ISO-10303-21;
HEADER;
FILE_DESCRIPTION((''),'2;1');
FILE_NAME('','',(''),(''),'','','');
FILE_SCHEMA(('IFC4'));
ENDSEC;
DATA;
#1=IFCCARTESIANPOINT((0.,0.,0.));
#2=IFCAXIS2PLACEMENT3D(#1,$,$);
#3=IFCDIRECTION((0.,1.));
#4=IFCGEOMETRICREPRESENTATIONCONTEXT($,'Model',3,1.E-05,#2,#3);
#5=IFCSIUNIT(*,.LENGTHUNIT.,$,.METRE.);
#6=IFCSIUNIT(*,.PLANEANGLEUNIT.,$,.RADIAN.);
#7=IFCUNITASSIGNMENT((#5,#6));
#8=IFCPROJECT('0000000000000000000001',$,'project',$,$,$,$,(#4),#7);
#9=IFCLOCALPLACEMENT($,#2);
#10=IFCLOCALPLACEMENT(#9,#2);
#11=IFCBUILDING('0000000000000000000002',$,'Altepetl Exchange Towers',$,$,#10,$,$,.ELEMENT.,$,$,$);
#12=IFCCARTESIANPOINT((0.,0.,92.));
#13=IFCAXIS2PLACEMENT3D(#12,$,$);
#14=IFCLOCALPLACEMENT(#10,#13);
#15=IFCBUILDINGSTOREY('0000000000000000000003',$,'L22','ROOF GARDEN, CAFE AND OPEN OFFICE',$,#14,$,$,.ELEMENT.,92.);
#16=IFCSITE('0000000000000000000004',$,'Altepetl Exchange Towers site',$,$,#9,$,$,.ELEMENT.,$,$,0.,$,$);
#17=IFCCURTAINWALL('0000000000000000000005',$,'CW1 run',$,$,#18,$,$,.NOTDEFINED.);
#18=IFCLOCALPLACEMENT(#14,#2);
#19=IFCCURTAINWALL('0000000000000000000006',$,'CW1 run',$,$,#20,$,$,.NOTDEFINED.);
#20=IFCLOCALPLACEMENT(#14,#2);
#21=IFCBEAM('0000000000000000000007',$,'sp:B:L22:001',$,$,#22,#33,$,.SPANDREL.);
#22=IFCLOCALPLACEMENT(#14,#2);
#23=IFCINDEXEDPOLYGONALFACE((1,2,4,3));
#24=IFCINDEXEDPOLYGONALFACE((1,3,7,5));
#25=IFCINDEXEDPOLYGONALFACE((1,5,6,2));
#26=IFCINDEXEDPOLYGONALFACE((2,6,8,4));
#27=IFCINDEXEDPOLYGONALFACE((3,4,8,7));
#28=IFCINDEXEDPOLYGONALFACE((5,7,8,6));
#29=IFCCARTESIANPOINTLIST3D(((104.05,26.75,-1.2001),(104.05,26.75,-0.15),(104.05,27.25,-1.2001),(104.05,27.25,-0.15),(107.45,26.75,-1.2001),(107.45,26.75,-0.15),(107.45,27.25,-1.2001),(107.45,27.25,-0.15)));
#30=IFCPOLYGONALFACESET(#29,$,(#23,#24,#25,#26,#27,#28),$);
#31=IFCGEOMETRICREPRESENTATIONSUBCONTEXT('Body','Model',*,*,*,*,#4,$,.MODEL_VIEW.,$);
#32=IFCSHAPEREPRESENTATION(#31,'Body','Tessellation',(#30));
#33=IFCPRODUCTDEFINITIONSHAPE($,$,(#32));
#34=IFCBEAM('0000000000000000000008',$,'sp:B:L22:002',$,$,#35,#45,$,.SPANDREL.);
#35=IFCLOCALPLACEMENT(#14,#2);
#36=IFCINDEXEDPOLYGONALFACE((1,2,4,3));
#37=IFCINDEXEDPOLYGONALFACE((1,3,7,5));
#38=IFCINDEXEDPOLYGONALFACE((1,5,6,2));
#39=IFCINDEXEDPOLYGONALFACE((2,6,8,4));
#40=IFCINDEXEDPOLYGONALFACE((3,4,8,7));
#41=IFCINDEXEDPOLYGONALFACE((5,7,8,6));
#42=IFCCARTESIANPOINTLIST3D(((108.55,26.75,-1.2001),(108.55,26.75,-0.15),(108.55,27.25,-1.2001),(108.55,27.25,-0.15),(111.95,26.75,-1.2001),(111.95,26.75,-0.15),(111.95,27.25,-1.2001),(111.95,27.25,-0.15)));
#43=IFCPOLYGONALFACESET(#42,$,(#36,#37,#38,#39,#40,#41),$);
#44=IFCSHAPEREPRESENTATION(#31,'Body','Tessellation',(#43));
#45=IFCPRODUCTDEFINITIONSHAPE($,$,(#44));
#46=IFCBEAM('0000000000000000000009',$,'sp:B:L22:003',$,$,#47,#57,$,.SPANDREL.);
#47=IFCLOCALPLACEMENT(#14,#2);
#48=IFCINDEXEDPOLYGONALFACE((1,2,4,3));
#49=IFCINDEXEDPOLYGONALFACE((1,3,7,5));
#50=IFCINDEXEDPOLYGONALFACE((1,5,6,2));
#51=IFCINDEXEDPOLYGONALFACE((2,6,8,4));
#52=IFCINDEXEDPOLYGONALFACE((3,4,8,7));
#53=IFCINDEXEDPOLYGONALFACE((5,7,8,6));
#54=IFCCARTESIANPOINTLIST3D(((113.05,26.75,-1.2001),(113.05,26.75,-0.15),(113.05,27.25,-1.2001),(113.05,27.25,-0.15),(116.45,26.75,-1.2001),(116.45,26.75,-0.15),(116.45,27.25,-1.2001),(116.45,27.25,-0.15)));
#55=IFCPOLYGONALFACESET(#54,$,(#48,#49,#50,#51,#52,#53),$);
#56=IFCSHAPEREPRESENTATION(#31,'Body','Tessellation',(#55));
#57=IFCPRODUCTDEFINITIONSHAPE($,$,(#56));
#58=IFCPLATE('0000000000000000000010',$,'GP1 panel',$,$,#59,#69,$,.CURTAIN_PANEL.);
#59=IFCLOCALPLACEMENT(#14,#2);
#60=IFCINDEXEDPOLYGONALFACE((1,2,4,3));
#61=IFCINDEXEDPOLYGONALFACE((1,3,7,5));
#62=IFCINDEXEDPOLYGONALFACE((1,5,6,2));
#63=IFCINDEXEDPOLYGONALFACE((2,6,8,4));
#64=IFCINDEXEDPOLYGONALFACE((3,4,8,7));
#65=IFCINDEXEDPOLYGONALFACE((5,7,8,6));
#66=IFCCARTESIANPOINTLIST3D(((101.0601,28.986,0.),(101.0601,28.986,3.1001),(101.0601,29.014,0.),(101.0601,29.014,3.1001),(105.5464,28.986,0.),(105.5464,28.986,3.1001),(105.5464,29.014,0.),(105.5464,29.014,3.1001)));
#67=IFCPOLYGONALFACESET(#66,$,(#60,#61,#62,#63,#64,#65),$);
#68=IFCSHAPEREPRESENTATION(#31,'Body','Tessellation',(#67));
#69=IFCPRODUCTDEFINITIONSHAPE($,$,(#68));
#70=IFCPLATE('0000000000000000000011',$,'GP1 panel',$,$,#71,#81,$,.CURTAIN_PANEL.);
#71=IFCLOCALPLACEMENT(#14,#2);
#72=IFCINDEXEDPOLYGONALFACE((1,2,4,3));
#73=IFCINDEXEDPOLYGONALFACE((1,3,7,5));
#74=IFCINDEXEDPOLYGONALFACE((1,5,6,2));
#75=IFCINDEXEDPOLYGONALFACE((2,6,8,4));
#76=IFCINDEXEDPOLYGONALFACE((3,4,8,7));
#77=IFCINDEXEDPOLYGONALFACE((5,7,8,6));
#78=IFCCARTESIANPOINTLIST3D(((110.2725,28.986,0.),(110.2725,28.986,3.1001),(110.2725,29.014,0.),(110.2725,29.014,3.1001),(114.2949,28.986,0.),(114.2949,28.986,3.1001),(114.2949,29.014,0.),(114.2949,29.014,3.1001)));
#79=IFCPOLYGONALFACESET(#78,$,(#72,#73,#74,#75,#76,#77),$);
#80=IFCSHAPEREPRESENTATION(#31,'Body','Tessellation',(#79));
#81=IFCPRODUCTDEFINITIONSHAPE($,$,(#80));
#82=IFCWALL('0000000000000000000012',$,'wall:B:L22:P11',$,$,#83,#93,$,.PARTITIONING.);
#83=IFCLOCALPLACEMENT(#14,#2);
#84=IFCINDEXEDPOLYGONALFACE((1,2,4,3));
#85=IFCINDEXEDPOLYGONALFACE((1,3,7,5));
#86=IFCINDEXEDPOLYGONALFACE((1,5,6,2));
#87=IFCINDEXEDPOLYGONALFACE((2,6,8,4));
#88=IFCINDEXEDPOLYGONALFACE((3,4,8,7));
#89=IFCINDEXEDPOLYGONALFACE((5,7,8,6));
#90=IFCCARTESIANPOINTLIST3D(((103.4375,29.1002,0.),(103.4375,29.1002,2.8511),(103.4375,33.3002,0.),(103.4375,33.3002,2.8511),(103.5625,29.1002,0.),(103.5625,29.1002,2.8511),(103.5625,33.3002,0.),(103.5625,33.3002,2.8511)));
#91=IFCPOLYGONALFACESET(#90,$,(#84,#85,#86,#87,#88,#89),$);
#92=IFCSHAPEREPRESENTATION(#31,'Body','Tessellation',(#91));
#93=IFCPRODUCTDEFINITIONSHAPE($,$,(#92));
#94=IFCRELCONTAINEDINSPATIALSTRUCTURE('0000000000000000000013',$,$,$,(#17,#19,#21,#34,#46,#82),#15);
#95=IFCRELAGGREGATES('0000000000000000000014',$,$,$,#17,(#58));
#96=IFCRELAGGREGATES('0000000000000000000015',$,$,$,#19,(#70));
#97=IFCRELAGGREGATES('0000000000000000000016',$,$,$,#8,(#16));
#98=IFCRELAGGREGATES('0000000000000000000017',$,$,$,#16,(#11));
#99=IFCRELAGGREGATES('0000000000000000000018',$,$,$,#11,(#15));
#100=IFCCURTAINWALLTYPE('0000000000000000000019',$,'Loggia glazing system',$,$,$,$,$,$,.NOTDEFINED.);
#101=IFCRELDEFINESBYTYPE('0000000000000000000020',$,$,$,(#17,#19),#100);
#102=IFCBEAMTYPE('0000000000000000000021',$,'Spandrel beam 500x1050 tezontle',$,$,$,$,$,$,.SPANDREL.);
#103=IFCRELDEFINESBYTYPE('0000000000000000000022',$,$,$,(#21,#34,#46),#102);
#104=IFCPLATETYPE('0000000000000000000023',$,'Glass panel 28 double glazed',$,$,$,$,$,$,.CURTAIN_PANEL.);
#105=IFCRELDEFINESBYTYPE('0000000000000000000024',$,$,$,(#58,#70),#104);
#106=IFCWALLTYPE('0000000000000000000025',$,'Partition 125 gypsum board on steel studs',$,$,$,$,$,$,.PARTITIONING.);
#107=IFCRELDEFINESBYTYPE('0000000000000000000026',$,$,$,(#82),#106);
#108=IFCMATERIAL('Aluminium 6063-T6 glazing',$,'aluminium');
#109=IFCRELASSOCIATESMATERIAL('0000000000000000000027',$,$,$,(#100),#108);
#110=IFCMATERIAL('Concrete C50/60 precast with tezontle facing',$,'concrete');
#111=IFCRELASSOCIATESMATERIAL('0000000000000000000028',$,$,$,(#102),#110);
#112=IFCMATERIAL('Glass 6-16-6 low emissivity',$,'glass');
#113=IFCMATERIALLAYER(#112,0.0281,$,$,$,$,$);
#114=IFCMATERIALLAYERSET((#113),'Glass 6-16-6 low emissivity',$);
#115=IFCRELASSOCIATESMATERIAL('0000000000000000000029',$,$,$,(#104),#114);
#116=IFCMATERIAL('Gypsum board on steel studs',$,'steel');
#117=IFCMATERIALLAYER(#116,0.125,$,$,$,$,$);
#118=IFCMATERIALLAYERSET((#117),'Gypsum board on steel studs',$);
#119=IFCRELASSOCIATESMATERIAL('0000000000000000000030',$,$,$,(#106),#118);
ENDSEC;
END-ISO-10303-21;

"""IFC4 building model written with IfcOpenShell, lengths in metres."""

from ifc_helpers import new_model, si_unit, direction, frame, frame_2d, origin, origin_2d, place, context, subcontext, project, spatial, rectangle, extrude, material, layer, layer_set, material_profile, profile_set, type_object, element, aggregate, save


model = new_model("IFC4")

# Units and contexts
model_context = context("Model", 3, precision=1e-05, world=origin(), true_north=direction((0.0, 1.0)))
body_context = subcontext(model_context, "Body", "Model", "MODEL_VIEW")
ifc_project = project(units=[si_unit("LENGTHUNIT", "METRE"), si_unit("PLANEANGLEUNIT", "RADIAN")], contexts=[model_context])

# Site, building, storey
site_placement = place(None, origin())
site = spatial("IfcSite", under=ifc_project, at=site_placement, Name="Altepetl Exchange Towers site", CompositionType="ELEMENT", RefElevation=0.0)
building_placement = place(site_placement, origin())
building = spatial("IfcBuilding", under=site, at=building_placement, Name="Altepetl Exchange Towers", CompositionType="ELEMENT")
storey_placement = place(building_placement, frame((0.0, 0.0, 92.0)))
storey = spatial("IfcBuildingStorey", under=building, at=storey_placement, Name="L22", Description="ROOF GARDEN, CAFE AND OPEN OFFICE", CompositionType="ELEMENT", Elevation=92.0)

# Curtain wall
ifc_material_1 = material(Name="Aluminium 6063-T6 glazing", Category="aluminium")
curtain_wall_type = type_object("IfcCurtainWallType", Name="Loggia glazing system", PredefinedType="NOTDEFINED", material=ifc_material_1)
curtain_wall_1_placement = place(storey_placement, origin())
curtain_wall_1 = element("IfcCurtainWall", 1, at=curtain_wall_1_placement, inside=storey, type_object=curtain_wall_type, Name="CW1 run", PredefinedType="NOTDEFINED")

# Curtain wall
curtain_wall_2_placement = place(storey_placement, origin())
curtain_wall_2 = element("IfcCurtainWall", 2, at=curtain_wall_2_placement, inside=storey, type_object=curtain_wall_type, Name="CW1 run", PredefinedType="NOTDEFINED")

# Beams
ifc_material_2 = material(Name="Concrete C50/60 precast with tezontle facing", Category="concrete")
ifc_material_profile_1 = material_profile(ifc_material_2, rectangle(XDim=0.5, YDim=1.05, at=origin_2d()), Name="500 x 1050")
ifc_profile_set_1 = profile_set([ifc_material_profile_1], Name="Concrete C50/60 precast with tezontle facing")
beam_type_1 = type_object("IfcBeamType", Name="Spandrel beam 500x1050 tezontle", PredefinedType="SPANDREL", material=ifc_profile_set_1)
for number, where, z_axis, x_axis, name in (
    (3, (104.05, 27.0, -0.675), (1.0, 0.0, 0.0), (0.0, 1.0, 0.0), "sp:B:L22:001"),
    (4, (108.55, 27.0, -0.675), (1.0, 0.0, 0.0), (0.0, 1.0, 0.0), "sp:B:L22:002"),
    (5, (113.05, 27.0, -0.675), (1.0, 0.0, 0.0), (0.0, 1.0, 0.0), "sp:B:L22:003"),
):
    element("IfcBeam", number, at=place(storey_placement, frame(where, z_axis=z_axis, x_axis=x_axis)), inside=storey, type_object=beam_type_1, Name=name, PredefinedType="SPANDREL", context=body_context, shape_type="SweptSolid", body=[
        extrude(rectangle(XDim=0.5, YDim=1.05, at=origin_2d()), origin(), (0.0, 0.0, 1.0), 3.3999),
    ])

# Plates
ifc_material_3 = material(Name="Glass 6-16-6 low emissivity", Category="glass")
ifc_layer_1 = layer(ifc_material_3, 0.0281)
ifc_layer_set_1 = layer_set([ifc_layer_1], Name="Glass 6-16-6 low emissivity")
plate_type = type_object("IfcPlateType", Name="Glass panel 28 double glazed", PredefinedType="CURTAIN_PANEL", material=ifc_layer_set_1)
plate_1_placement = place(storey_placement, frame((103.3032, 29.0, 0.0)))
plate_1 = element("IfcPlate", 6, at=plate_1_placement, type_object=plate_type, Name="GP1 panel", PredefinedType="CURTAIN_PANEL", context=body_context, shape_type="SweptSolid", body=[
    extrude(rectangle(XDim=4.4863, YDim=0.0281, at=origin_2d()), origin(), (0.0, 0.0, 1.0), 3.1001),
])
aggregate(curtain_wall_1, [plate_1])
plate_2_placement = place(storey_placement, frame((112.2837, 29.0, 0.0)))
plate_2 = element("IfcPlate", 7, at=plate_2_placement, type_object=plate_type, Name="GP1 panel", PredefinedType="CURTAIN_PANEL", context=body_context, shape_type="SweptSolid", body=[
    extrude(rectangle(XDim=4.0225, YDim=0.0281, at=origin_2d()), origin(), (0.0, 0.0, 1.0), 3.1001),
])
aggregate(curtain_wall_2, [plate_2])

# Wall
ifc_material_4 = material(Name="Gypsum board on steel studs", Category="steel")
ifc_layer_2 = layer(ifc_material_4, 0.125)
ifc_layer_set_2 = layer_set([ifc_layer_2], Name="Gypsum board on steel studs")
wall_type_1 = type_object("IfcWallType", Name="Partition 125 gypsum board on steel studs", PredefinedType="PARTITIONING", material=ifc_layer_set_2)
wall_1_placement = place(storey_placement, frame((103.5, 29.1001, 0.0), z_axis=(0.0, 0.0, 1.0), x_axis=(0.0, 1.0, 0.0)))
element("IfcWall", 8, at=wall_1_placement, inside=storey, type_object=wall_type_1, Name="wall:B:L22:P11", PredefinedType="PARTITIONING", context=body_context, shape_type="SweptSolid", body=[
    extrude(rectangle(XDim=4.2, YDim=0.125, at=frame_2d((2.1001, 0.0))), origin(), (0.0, 0.0, 1.0), 2.8511),
])

save(model, "model.ifc")
